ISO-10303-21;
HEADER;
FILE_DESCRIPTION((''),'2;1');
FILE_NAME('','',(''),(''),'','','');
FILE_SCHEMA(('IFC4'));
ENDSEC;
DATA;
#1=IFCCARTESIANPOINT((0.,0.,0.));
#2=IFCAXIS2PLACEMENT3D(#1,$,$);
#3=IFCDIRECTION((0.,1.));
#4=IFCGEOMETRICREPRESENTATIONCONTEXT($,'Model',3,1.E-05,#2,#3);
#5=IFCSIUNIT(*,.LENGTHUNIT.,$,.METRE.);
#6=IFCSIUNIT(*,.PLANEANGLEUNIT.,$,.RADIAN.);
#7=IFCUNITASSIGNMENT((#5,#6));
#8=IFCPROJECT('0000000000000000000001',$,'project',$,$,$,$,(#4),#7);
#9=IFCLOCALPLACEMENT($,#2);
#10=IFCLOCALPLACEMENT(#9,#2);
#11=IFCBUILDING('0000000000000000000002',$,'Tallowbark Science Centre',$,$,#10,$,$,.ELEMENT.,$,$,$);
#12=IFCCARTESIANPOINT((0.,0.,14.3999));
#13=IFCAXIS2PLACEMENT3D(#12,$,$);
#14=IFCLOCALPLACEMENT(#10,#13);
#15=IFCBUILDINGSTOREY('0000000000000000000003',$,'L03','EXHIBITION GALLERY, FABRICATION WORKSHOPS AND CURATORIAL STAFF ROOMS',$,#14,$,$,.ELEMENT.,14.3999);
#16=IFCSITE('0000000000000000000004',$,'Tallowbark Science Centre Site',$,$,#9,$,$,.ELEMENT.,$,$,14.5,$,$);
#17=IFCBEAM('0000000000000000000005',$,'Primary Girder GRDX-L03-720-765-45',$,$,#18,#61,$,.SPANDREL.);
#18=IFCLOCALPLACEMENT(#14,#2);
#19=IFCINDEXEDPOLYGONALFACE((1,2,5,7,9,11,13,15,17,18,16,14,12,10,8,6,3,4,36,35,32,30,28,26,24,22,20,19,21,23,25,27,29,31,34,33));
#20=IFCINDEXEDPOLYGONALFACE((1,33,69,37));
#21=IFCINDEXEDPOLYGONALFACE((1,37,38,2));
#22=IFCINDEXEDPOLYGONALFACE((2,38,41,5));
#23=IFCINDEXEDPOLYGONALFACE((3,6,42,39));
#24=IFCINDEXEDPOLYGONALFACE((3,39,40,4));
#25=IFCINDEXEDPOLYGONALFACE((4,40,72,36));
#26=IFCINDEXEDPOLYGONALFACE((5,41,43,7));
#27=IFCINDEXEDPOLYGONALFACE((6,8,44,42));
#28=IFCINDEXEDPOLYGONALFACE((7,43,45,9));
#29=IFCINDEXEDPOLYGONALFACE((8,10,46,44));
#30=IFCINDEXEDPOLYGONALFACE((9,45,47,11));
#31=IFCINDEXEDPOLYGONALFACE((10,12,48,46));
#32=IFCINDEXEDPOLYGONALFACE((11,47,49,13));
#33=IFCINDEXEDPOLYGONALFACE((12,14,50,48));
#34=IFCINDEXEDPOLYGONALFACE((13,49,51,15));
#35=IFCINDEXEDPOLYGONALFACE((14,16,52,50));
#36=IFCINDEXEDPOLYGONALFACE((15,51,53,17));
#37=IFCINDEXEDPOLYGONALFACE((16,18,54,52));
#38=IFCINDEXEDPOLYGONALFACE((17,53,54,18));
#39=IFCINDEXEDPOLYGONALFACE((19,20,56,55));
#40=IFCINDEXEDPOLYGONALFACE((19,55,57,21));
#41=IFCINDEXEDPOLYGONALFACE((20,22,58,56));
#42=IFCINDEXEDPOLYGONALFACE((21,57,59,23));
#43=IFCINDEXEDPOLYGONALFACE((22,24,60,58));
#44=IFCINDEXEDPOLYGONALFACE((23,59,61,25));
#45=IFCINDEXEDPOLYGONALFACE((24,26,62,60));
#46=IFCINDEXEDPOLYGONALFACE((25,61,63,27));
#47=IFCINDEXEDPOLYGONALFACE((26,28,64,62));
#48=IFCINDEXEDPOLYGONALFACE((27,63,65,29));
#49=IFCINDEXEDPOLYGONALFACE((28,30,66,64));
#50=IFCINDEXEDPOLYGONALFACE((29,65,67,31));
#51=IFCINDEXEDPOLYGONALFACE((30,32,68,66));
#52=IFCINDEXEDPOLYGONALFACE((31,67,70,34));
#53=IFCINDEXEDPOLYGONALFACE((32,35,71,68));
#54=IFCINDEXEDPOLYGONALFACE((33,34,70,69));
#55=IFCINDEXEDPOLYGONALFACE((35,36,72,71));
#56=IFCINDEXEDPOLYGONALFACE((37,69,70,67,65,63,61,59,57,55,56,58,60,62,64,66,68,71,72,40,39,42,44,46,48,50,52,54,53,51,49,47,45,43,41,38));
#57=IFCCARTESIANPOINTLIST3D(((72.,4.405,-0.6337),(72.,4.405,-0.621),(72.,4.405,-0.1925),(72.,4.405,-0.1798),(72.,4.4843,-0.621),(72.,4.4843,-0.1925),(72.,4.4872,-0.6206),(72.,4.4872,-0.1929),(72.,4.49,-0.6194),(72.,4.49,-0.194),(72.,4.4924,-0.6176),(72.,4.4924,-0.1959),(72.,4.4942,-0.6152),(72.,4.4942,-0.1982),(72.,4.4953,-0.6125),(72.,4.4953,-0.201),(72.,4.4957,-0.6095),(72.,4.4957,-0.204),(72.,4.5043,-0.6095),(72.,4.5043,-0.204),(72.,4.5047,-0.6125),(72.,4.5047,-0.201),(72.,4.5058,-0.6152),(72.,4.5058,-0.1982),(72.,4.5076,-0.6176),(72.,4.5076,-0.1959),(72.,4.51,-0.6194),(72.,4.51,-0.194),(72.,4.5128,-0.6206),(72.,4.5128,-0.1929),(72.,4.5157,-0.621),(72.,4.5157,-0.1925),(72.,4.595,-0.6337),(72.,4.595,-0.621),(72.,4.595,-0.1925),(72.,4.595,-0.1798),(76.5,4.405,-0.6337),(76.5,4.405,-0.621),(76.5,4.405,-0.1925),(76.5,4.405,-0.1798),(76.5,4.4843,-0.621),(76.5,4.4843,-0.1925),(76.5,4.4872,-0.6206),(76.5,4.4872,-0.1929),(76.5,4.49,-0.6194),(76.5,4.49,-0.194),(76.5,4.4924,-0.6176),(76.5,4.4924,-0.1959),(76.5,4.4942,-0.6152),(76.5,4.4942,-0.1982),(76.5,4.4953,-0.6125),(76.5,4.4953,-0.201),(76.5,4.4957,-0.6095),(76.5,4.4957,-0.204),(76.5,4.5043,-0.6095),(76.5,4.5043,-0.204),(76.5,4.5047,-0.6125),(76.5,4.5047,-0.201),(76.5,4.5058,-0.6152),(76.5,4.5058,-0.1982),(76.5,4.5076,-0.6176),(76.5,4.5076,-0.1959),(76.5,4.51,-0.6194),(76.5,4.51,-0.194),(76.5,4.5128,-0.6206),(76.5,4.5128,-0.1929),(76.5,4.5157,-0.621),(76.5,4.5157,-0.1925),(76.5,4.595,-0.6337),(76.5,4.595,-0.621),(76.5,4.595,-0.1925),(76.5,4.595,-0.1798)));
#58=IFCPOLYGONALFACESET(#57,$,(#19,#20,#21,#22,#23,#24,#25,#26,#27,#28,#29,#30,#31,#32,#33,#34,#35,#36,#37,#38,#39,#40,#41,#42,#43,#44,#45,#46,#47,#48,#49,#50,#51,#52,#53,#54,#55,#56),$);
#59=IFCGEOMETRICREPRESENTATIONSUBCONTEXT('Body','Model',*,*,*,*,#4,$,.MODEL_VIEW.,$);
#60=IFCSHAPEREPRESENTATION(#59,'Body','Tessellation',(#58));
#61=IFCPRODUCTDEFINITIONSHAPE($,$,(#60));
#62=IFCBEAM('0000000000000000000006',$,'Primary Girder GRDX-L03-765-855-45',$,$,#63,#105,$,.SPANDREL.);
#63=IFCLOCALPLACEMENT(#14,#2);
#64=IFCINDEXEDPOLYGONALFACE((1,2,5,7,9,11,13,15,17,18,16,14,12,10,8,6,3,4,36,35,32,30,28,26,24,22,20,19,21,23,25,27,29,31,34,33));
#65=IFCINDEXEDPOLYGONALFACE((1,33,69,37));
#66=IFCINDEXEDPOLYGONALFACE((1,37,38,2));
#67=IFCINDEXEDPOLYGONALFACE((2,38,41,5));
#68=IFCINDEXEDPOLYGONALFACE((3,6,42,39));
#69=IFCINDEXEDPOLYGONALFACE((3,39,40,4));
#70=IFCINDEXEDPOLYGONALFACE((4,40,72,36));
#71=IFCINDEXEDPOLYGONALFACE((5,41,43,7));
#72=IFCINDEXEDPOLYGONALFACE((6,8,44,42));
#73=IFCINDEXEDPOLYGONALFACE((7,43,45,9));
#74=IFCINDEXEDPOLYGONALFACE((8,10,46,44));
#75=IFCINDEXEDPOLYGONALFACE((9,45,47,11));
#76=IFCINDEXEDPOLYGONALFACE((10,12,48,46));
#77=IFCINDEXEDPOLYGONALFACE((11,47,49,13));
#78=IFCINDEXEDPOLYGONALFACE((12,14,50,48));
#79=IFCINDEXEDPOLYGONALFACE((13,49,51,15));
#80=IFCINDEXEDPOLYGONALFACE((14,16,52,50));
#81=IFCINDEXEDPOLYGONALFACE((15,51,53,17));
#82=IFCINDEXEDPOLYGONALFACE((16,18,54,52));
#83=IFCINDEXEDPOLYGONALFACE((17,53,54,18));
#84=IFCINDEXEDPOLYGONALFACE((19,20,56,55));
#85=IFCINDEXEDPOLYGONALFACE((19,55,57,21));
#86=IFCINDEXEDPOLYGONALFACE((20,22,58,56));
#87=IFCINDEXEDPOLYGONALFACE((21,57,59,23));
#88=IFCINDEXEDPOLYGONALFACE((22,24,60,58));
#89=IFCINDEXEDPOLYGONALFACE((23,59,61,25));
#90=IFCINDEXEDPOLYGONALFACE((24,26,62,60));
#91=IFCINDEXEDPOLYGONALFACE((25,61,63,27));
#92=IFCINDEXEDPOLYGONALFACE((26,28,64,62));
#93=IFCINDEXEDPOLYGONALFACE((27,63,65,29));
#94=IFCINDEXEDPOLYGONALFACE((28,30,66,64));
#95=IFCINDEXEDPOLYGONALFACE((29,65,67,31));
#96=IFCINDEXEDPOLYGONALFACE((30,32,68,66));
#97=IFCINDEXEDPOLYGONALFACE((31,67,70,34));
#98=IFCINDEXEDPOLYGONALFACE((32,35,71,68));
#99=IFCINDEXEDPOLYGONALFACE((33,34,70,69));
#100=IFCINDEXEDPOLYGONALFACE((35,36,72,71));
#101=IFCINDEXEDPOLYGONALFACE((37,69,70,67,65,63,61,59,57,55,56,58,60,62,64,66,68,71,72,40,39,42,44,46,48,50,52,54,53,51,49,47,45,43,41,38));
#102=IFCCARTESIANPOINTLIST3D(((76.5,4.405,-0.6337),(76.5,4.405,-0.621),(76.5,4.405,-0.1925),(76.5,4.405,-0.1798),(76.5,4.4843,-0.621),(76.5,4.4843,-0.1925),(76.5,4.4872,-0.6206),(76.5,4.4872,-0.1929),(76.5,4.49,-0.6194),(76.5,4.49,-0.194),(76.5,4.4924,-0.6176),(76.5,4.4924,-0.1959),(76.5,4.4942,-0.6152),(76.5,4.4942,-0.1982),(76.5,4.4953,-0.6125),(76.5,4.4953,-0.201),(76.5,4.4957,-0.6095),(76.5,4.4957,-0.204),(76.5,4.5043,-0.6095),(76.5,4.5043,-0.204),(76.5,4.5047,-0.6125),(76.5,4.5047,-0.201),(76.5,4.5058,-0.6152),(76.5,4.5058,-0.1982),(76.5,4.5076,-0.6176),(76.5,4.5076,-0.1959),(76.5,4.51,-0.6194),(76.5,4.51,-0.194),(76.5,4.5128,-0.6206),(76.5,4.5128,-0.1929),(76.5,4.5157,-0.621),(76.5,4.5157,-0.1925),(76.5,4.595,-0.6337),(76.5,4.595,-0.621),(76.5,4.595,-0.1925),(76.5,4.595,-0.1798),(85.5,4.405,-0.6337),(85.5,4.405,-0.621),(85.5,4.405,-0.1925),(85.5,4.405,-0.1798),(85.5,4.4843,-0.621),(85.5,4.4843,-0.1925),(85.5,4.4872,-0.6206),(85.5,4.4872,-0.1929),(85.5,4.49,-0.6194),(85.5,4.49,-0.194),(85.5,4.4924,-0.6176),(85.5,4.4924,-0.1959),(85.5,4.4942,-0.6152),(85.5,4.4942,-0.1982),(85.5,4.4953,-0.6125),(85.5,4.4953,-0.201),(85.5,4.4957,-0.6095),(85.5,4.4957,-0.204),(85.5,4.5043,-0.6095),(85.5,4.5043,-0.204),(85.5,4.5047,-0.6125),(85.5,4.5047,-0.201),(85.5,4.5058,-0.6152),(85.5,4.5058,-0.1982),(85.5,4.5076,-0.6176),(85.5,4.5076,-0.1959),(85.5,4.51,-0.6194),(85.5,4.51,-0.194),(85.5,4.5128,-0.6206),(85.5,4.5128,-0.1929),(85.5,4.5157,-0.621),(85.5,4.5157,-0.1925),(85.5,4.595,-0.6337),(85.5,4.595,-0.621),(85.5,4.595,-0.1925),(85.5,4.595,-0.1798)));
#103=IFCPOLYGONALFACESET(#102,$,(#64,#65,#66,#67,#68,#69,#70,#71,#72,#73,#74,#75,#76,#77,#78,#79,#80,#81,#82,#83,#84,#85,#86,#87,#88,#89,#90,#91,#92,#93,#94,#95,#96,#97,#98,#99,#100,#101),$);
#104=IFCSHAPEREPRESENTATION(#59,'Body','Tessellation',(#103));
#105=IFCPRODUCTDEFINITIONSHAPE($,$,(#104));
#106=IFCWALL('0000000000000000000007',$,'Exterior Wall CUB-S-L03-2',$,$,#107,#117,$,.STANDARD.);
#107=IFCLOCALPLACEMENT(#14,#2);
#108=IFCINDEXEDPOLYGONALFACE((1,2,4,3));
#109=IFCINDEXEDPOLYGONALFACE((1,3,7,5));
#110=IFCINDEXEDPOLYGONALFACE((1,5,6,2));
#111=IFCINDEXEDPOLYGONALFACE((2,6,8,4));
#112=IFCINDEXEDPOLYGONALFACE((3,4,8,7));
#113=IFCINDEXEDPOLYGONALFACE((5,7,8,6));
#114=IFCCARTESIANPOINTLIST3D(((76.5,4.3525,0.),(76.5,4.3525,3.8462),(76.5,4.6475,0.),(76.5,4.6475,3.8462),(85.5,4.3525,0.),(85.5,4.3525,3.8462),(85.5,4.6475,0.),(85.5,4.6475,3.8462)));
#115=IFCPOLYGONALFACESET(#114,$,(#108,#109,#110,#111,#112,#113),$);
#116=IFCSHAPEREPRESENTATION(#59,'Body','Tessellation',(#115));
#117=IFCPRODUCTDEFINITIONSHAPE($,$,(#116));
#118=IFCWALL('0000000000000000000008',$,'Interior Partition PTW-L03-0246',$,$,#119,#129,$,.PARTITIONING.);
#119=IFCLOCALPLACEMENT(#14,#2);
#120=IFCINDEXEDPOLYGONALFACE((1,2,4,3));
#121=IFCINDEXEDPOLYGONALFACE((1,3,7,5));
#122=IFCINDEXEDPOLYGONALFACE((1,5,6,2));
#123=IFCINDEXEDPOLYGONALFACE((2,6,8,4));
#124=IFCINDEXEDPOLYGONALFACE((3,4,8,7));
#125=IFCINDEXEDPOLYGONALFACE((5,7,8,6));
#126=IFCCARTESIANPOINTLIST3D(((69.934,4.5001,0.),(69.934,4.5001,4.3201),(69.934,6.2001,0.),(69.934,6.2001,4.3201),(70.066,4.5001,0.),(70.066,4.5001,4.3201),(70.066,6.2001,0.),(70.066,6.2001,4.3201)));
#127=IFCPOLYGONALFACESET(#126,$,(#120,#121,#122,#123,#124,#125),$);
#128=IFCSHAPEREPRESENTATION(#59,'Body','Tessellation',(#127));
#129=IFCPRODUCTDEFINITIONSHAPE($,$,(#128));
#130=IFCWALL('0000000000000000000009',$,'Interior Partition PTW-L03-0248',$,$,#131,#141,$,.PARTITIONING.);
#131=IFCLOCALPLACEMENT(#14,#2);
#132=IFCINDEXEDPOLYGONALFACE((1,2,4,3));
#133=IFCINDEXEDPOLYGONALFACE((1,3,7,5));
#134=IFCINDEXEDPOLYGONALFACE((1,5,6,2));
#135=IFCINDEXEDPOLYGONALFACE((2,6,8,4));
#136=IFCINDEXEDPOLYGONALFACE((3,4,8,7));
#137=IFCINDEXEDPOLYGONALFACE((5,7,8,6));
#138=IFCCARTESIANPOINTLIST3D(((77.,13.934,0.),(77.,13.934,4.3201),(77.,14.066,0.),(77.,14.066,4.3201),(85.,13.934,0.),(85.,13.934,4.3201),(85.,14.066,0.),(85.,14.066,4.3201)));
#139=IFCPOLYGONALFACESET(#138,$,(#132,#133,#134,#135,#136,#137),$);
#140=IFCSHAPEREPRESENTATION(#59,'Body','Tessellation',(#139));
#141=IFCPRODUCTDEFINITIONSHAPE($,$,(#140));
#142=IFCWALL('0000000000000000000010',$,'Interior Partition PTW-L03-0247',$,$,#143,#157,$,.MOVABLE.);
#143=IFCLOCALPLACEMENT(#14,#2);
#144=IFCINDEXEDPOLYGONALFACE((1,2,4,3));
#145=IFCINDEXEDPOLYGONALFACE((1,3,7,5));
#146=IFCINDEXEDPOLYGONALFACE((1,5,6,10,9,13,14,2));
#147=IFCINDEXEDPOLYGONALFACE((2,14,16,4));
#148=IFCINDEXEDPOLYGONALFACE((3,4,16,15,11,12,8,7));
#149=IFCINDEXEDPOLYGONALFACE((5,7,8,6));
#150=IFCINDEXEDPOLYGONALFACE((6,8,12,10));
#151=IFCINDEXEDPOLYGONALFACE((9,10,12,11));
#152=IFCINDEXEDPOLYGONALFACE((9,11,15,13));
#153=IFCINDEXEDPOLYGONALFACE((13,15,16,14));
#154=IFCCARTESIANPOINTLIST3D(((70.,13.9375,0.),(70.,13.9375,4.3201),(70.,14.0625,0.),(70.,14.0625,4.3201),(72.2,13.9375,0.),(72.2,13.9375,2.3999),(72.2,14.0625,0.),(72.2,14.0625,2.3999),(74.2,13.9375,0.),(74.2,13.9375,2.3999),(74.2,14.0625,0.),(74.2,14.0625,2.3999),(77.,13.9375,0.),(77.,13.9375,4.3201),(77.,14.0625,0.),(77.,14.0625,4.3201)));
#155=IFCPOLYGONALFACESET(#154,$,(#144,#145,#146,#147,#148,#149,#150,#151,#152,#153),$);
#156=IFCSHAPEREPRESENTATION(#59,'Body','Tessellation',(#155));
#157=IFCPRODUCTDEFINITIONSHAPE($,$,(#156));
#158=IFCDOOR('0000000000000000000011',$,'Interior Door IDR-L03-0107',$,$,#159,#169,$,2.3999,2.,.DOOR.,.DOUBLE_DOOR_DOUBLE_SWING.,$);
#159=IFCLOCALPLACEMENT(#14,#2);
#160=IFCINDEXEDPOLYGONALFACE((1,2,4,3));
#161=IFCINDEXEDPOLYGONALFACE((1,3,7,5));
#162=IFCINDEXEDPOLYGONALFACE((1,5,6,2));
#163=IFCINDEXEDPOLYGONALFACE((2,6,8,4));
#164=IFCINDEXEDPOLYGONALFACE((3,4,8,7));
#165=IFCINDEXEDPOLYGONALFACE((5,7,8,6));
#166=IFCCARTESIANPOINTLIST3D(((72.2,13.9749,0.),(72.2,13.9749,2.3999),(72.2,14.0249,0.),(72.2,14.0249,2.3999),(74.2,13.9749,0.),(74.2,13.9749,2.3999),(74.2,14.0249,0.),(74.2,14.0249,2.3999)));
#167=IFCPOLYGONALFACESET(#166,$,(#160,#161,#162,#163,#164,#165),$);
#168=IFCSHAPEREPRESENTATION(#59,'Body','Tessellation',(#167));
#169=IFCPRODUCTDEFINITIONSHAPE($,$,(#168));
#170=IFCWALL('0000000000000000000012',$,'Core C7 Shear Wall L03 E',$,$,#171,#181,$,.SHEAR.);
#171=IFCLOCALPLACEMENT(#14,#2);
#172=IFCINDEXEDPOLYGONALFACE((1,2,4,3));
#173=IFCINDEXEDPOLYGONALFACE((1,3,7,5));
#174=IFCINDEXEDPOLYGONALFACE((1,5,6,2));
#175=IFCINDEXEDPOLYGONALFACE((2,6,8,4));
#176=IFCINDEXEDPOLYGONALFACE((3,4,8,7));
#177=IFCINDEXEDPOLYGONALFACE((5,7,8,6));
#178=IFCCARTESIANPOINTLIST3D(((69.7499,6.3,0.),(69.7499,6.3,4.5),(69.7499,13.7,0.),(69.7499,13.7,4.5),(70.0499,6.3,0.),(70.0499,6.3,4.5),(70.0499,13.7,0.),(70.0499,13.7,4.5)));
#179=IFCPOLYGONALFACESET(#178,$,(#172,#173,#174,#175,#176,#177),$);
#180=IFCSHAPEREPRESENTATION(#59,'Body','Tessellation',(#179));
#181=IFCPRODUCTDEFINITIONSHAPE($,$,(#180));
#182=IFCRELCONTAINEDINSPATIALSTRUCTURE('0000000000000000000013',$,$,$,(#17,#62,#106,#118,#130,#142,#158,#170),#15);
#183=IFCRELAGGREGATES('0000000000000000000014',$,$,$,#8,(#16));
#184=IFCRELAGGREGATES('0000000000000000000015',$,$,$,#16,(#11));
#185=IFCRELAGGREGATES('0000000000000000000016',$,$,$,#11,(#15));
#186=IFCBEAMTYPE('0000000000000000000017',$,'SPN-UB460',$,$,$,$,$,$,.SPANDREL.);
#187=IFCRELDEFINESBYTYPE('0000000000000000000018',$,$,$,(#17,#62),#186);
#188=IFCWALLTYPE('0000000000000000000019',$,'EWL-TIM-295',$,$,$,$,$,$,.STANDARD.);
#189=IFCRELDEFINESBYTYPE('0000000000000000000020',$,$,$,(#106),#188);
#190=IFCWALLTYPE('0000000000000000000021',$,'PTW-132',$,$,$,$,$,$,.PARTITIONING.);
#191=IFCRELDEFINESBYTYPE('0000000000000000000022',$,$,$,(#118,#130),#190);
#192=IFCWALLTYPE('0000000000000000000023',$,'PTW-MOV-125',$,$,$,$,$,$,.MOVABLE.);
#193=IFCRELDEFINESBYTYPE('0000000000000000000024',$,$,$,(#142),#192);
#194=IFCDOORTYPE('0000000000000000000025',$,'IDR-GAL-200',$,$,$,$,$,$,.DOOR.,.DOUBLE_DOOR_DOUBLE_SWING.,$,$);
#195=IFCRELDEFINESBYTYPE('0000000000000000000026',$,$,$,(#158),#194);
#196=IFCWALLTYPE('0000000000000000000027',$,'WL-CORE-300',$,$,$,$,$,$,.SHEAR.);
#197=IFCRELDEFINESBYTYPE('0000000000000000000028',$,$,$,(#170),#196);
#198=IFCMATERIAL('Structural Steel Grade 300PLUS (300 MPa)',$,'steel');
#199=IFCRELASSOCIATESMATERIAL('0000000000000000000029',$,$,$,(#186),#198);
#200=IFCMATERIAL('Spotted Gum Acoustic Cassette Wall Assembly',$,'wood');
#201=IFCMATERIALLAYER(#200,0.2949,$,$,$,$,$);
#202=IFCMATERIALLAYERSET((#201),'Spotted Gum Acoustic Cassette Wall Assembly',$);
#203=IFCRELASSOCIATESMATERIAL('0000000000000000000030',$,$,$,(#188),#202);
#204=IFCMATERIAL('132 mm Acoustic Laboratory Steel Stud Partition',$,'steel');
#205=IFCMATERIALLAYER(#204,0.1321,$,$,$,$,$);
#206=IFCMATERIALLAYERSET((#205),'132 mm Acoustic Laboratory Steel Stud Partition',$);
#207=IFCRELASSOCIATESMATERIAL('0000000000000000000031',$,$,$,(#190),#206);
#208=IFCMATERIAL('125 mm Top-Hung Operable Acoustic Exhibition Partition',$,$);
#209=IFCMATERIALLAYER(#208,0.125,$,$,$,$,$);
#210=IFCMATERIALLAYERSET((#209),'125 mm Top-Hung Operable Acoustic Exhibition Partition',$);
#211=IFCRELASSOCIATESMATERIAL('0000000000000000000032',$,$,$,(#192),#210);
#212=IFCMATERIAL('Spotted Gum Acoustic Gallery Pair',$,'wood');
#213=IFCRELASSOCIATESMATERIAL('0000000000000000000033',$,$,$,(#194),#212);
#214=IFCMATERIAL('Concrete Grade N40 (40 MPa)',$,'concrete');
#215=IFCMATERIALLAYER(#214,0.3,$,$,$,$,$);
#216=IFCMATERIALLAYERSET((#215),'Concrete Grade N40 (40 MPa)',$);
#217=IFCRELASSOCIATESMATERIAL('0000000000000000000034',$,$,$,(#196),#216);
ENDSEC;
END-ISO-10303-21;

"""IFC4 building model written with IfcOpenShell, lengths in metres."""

from ifc_helpers import new_model, si_unit, direction, frame, frame_2d, origin, origin_2d, place, context, subcontext, project, spatial, rectangle, i_section, extrude, material, layer, layer_set, material_profile, profile_set, type_object, element, fill, save


model = new_model("IFC4")

# Units and contexts
model_context = context("Model", 3, precision=1e-05, world=origin(), true_north=direction((0.0, 1.0)))
body_context = subcontext(model_context, "Body", "Model", "MODEL_VIEW")
ifc_project = project(units=[si_unit("LENGTHUNIT", "METRE"), si_unit("PLANEANGLEUNIT", "RADIAN")], contexts=[model_context])

# Site, building, storey
site_placement = place(None, origin())
site = spatial("IfcSite", under=ifc_project, at=site_placement, Name="Tallowbark Science Centre Site", CompositionType="ELEMENT", RefElevation=14.5)
building_placement = place(site_placement, origin())
building = spatial("IfcBuilding", under=site, at=building_placement, Name="Tallowbark Science Centre", CompositionType="ELEMENT")
storey_placement = place(building_placement, frame((0.0, 0.0, 14.3999)))
storey = spatial("IfcBuildingStorey", under=building, at=storey_placement, Name="L03", Description="EXHIBITION GALLERY, FABRICATION WORKSHOPS AND CURATORIAL STAFF ROOMS", CompositionType="ELEMENT", Elevation=14.3999)

# Shared definitions
ifc_material_1 = material(Name="Structural Steel Grade 300PLUS (300 MPa)", Category="steel")

# Beams
ifc_material_profile_1 = material_profile(ifc_material_1, i_section(OverallWidth=0.1899, OverallDepth=0.4539, WebThickness=0.0085, FlangeThickness=0.0127, FilletRadius=0.0115, at=origin_2d()), Name="460UB67.1")
ifc_profile_set_1 = profile_set([ifc_material_profile_1], Name="Structural Steel Grade 300PLUS (300 MPa)")
beam_type_1 = type_object("IfcBeamType", Name="SPN-UB460", PredefinedType="SPANDREL", material=ifc_profile_set_1)
beam_1_placement = place(storey_placement, frame((72.0, 4.5, -0.4067), z_axis=(1.0, 0.0, 0.0), x_axis=(0.0, 1.0, 0.0)))
element("IfcBeam", 1, at=beam_1_placement, inside=storey, type_object=beam_type_1, Name="Primary Girder GRDX-L03-720-765-45", PredefinedType="SPANDREL", context=body_context, shape_type="SweptSolid", body=[
    extrude(i_section(OverallWidth=0.1899, OverallDepth=0.4539, WebThickness=0.0085, FlangeThickness=0.0127, FilletRadius=0.0115, at=origin_2d()), origin(), (0.0, 0.0, 1.0), 4.5),
])
beam_2_placement = place(storey_placement, frame((76.5, 4.5, -0.4067), z_axis=(1.0, 0.0, 0.0), x_axis=(0.0, 1.0, 0.0)))
element("IfcBeam", 2, at=beam_2_placement, inside=storey, type_object=beam_type_1, Name="Primary Girder GRDX-L03-765-855-45", PredefinedType="SPANDREL", context=body_context, shape_type="SweptSolid", body=[
    extrude(i_section(OverallWidth=0.1899, OverallDepth=0.4539, WebThickness=0.0085, FlangeThickness=0.0127, FilletRadius=0.0115, at=origin_2d()), origin(), (0.0, 0.0, 1.0), 9.0),
])

# Walls
ifc_material_2 = material(Name="Spotted Gum Acoustic Cassette Wall Assembly", Category="wood")
ifc_layer_1 = layer(ifc_material_2, 0.2949)
ifc_layer_set_1 = layer_set([ifc_layer_1], Name="Spotted Gum Acoustic Cassette Wall Assembly")
wall_type_1 = type_object("IfcWallType", Name="EWL-TIM-295", PredefinedType="STANDARD", material=ifc_layer_set_1)
wall_1_placement = place(storey_placement, frame((76.5, 4.5, 0.0), z_axis=(0.0, 0.0, 1.0), x_axis=(1.0, 0.0, 0.0)))
element("IfcWall", 3, at=wall_1_placement, inside=storey, type_object=wall_type_1, Name="Exterior Wall CUB-S-L03-2", PredefinedType="STANDARD", context=body_context, shape_type="SweptSolid", body=[
    extrude(rectangle(XDim=9.0, YDim=0.2949, at=frame_2d((4.5, 0.0))), origin(), (0.0, 0.0, 1.0), 3.8462),
])
ifc_material_3 = material(Name="132 mm Acoustic Laboratory Steel Stud Partition", Category="steel")
ifc_layer_2 = layer(ifc_material_3, 0.1321)
ifc_layer_set_2 = layer_set([ifc_layer_2], Name="132 mm Acoustic Laboratory Steel Stud Partition")
wall_type_2 = type_object("IfcWallType", Name="PTW-132", PredefinedType="PARTITIONING", material=ifc_layer_set_2)
wall_2_placement = place(storey_placement, frame((70.0, 4.5, 0.0), z_axis=(0.0, 0.0, 1.0), x_axis=(0.0, 1.0, 0.0)))
element("IfcWall", 4, at=wall_2_placement, inside=storey, type_object=wall_type_2, Name="Interior Partition PTW-L03-0246", PredefinedType="PARTITIONING", context=body_context, shape_type="SweptSolid", body=[
    extrude(rectangle(XDim=1.7, YDim=0.1321, at=frame_2d((0.8501, 0.0))), origin(), (0.0, 0.0, 1.0), 4.3201),
])
wall_3_placement = place(storey_placement, frame((77.0, 14.0, 0.0), z_axis=(0.0, 0.0, 1.0), x_axis=(1.0, 0.0, 0.0)))
element("IfcWall", 5, at=wall_3_placement, inside=storey, type_object=wall_type_2, Name="Interior Partition PTW-L03-0248", PredefinedType="PARTITIONING", context=body_context, shape_type="SweptSolid", body=[
    extrude(rectangle(XDim=8.0, YDim=0.1321, at=frame_2d((4.0, 0.0))), origin(), (0.0, 0.0, 1.0), 4.3201),
])

# Wall, opening, door
ifc_material_4 = material(Name="125 mm Top-Hung Operable Acoustic Exhibition Partition")
ifc_layer_3 = layer(ifc_material_4, 0.125)
ifc_layer_set_3 = layer_set([ifc_layer_3], Name="125 mm Top-Hung Operable Acoustic Exhibition Partition")
wall_type_3 = type_object("IfcWallType", Name="PTW-MOV-125", PredefinedType="MOVABLE", material=ifc_layer_set_3)
wall_4_placement = place(storey_placement, frame((70.0, 14.0, 0.0), z_axis=(0.0, 0.0, 1.0), x_axis=(1.0, 0.0, 0.0)))
wall_4 = element("IfcWall", 6, at=wall_4_placement, inside=storey, type_object=wall_type_3, Name="Interior Partition PTW-L03-0247", PredefinedType="MOVABLE", context=body_context, shape_type="SweptSolid", body=[
    extrude(rectangle(XDim=7.0, YDim=0.125, at=frame_2d((3.5, 0.0))), origin(), (0.0, 0.0, 1.0), 4.3201),
])
opening_placement = place(wall_4_placement, frame((2.2, 0.0, 0.0)))
opening = element("IfcOpeningElement", 7, at=opening_placement, cuts=wall_4, PredefinedType="OPENING", context=body_context, shape_type="SweptSolid", body=[
    extrude(rectangle(XDim=2.0, YDim=2.3999, at=frame_2d((1.0, 1.2))), frame((0.0, 0.0725, 0.0), z_axis=(0.0, -1.0, 0.0), x_axis=(1.0, 0.0, 0.0)), (0.0, 0.0, 1.0), 0.145),
])
ifc_material_5 = material(Name="Spotted Gum Acoustic Gallery Pair", Category="wood")
door_type = type_object("IfcDoorType", Name="IDR-GAL-200", OperationType="DOUBLE_DOOR_DOUBLE_SWING", PredefinedType="DOOR", material=ifc_material_5)
door_placement = place(opening_placement, origin())
door = element("IfcDoor", 8, at=door_placement, inside=storey, type_object=door_type, Name="Interior Door IDR-L03-0107", OperationType="DOUBLE_DOOR_DOUBLE_SWING", OverallHeight=2.3999, OverallWidth=2.0, PredefinedType="DOOR", context=body_context, shape_type="SweptSolid", body=[
    extrude(rectangle(XDim=2.0, YDim=2.3999, at=frame_2d((1.0, 1.2))), frame((0.0, 0.0249, 0.0), z_axis=(0.0, -1.0, 0.0), x_axis=(1.0, 0.0, 0.0)), (0.0, 0.0, 1.0), 0.05),
])
fill(opening, door)

# Wall
ifc_material_6 = material(Name="Concrete Grade N40 (40 MPa)", Category="concrete")
ifc_layer_4 = layer(ifc_material_6, 0.3)
ifc_layer_set_4 = layer_set([ifc_layer_4], Name="Concrete Grade N40 (40 MPa)")
wall_type_4 = type_object("IfcWallType", Name="WL-CORE-300", PredefinedType="SHEAR", material=ifc_layer_set_4)
wall_5_placement = place(storey_placement, frame((69.8999, 6.3, 0.0), z_axis=(0.0, 0.0, 1.0), x_axis=(0.0, 1.0, 0.0)))
element("IfcWall", 9, at=wall_5_placement, inside=storey, type_object=wall_type_4, Name="Core C7 Shear Wall L03 E", PredefinedType="SHEAR", context=body_context, shape_type="SweptSolid", body=[
    extrude(rectangle(XDim=7.3999, YDim=0.3, at=frame_2d((3.7, 0.0))), origin(), (0.0, 0.0, 1.0), 4.5),
])

save(model, "model.ifc")
